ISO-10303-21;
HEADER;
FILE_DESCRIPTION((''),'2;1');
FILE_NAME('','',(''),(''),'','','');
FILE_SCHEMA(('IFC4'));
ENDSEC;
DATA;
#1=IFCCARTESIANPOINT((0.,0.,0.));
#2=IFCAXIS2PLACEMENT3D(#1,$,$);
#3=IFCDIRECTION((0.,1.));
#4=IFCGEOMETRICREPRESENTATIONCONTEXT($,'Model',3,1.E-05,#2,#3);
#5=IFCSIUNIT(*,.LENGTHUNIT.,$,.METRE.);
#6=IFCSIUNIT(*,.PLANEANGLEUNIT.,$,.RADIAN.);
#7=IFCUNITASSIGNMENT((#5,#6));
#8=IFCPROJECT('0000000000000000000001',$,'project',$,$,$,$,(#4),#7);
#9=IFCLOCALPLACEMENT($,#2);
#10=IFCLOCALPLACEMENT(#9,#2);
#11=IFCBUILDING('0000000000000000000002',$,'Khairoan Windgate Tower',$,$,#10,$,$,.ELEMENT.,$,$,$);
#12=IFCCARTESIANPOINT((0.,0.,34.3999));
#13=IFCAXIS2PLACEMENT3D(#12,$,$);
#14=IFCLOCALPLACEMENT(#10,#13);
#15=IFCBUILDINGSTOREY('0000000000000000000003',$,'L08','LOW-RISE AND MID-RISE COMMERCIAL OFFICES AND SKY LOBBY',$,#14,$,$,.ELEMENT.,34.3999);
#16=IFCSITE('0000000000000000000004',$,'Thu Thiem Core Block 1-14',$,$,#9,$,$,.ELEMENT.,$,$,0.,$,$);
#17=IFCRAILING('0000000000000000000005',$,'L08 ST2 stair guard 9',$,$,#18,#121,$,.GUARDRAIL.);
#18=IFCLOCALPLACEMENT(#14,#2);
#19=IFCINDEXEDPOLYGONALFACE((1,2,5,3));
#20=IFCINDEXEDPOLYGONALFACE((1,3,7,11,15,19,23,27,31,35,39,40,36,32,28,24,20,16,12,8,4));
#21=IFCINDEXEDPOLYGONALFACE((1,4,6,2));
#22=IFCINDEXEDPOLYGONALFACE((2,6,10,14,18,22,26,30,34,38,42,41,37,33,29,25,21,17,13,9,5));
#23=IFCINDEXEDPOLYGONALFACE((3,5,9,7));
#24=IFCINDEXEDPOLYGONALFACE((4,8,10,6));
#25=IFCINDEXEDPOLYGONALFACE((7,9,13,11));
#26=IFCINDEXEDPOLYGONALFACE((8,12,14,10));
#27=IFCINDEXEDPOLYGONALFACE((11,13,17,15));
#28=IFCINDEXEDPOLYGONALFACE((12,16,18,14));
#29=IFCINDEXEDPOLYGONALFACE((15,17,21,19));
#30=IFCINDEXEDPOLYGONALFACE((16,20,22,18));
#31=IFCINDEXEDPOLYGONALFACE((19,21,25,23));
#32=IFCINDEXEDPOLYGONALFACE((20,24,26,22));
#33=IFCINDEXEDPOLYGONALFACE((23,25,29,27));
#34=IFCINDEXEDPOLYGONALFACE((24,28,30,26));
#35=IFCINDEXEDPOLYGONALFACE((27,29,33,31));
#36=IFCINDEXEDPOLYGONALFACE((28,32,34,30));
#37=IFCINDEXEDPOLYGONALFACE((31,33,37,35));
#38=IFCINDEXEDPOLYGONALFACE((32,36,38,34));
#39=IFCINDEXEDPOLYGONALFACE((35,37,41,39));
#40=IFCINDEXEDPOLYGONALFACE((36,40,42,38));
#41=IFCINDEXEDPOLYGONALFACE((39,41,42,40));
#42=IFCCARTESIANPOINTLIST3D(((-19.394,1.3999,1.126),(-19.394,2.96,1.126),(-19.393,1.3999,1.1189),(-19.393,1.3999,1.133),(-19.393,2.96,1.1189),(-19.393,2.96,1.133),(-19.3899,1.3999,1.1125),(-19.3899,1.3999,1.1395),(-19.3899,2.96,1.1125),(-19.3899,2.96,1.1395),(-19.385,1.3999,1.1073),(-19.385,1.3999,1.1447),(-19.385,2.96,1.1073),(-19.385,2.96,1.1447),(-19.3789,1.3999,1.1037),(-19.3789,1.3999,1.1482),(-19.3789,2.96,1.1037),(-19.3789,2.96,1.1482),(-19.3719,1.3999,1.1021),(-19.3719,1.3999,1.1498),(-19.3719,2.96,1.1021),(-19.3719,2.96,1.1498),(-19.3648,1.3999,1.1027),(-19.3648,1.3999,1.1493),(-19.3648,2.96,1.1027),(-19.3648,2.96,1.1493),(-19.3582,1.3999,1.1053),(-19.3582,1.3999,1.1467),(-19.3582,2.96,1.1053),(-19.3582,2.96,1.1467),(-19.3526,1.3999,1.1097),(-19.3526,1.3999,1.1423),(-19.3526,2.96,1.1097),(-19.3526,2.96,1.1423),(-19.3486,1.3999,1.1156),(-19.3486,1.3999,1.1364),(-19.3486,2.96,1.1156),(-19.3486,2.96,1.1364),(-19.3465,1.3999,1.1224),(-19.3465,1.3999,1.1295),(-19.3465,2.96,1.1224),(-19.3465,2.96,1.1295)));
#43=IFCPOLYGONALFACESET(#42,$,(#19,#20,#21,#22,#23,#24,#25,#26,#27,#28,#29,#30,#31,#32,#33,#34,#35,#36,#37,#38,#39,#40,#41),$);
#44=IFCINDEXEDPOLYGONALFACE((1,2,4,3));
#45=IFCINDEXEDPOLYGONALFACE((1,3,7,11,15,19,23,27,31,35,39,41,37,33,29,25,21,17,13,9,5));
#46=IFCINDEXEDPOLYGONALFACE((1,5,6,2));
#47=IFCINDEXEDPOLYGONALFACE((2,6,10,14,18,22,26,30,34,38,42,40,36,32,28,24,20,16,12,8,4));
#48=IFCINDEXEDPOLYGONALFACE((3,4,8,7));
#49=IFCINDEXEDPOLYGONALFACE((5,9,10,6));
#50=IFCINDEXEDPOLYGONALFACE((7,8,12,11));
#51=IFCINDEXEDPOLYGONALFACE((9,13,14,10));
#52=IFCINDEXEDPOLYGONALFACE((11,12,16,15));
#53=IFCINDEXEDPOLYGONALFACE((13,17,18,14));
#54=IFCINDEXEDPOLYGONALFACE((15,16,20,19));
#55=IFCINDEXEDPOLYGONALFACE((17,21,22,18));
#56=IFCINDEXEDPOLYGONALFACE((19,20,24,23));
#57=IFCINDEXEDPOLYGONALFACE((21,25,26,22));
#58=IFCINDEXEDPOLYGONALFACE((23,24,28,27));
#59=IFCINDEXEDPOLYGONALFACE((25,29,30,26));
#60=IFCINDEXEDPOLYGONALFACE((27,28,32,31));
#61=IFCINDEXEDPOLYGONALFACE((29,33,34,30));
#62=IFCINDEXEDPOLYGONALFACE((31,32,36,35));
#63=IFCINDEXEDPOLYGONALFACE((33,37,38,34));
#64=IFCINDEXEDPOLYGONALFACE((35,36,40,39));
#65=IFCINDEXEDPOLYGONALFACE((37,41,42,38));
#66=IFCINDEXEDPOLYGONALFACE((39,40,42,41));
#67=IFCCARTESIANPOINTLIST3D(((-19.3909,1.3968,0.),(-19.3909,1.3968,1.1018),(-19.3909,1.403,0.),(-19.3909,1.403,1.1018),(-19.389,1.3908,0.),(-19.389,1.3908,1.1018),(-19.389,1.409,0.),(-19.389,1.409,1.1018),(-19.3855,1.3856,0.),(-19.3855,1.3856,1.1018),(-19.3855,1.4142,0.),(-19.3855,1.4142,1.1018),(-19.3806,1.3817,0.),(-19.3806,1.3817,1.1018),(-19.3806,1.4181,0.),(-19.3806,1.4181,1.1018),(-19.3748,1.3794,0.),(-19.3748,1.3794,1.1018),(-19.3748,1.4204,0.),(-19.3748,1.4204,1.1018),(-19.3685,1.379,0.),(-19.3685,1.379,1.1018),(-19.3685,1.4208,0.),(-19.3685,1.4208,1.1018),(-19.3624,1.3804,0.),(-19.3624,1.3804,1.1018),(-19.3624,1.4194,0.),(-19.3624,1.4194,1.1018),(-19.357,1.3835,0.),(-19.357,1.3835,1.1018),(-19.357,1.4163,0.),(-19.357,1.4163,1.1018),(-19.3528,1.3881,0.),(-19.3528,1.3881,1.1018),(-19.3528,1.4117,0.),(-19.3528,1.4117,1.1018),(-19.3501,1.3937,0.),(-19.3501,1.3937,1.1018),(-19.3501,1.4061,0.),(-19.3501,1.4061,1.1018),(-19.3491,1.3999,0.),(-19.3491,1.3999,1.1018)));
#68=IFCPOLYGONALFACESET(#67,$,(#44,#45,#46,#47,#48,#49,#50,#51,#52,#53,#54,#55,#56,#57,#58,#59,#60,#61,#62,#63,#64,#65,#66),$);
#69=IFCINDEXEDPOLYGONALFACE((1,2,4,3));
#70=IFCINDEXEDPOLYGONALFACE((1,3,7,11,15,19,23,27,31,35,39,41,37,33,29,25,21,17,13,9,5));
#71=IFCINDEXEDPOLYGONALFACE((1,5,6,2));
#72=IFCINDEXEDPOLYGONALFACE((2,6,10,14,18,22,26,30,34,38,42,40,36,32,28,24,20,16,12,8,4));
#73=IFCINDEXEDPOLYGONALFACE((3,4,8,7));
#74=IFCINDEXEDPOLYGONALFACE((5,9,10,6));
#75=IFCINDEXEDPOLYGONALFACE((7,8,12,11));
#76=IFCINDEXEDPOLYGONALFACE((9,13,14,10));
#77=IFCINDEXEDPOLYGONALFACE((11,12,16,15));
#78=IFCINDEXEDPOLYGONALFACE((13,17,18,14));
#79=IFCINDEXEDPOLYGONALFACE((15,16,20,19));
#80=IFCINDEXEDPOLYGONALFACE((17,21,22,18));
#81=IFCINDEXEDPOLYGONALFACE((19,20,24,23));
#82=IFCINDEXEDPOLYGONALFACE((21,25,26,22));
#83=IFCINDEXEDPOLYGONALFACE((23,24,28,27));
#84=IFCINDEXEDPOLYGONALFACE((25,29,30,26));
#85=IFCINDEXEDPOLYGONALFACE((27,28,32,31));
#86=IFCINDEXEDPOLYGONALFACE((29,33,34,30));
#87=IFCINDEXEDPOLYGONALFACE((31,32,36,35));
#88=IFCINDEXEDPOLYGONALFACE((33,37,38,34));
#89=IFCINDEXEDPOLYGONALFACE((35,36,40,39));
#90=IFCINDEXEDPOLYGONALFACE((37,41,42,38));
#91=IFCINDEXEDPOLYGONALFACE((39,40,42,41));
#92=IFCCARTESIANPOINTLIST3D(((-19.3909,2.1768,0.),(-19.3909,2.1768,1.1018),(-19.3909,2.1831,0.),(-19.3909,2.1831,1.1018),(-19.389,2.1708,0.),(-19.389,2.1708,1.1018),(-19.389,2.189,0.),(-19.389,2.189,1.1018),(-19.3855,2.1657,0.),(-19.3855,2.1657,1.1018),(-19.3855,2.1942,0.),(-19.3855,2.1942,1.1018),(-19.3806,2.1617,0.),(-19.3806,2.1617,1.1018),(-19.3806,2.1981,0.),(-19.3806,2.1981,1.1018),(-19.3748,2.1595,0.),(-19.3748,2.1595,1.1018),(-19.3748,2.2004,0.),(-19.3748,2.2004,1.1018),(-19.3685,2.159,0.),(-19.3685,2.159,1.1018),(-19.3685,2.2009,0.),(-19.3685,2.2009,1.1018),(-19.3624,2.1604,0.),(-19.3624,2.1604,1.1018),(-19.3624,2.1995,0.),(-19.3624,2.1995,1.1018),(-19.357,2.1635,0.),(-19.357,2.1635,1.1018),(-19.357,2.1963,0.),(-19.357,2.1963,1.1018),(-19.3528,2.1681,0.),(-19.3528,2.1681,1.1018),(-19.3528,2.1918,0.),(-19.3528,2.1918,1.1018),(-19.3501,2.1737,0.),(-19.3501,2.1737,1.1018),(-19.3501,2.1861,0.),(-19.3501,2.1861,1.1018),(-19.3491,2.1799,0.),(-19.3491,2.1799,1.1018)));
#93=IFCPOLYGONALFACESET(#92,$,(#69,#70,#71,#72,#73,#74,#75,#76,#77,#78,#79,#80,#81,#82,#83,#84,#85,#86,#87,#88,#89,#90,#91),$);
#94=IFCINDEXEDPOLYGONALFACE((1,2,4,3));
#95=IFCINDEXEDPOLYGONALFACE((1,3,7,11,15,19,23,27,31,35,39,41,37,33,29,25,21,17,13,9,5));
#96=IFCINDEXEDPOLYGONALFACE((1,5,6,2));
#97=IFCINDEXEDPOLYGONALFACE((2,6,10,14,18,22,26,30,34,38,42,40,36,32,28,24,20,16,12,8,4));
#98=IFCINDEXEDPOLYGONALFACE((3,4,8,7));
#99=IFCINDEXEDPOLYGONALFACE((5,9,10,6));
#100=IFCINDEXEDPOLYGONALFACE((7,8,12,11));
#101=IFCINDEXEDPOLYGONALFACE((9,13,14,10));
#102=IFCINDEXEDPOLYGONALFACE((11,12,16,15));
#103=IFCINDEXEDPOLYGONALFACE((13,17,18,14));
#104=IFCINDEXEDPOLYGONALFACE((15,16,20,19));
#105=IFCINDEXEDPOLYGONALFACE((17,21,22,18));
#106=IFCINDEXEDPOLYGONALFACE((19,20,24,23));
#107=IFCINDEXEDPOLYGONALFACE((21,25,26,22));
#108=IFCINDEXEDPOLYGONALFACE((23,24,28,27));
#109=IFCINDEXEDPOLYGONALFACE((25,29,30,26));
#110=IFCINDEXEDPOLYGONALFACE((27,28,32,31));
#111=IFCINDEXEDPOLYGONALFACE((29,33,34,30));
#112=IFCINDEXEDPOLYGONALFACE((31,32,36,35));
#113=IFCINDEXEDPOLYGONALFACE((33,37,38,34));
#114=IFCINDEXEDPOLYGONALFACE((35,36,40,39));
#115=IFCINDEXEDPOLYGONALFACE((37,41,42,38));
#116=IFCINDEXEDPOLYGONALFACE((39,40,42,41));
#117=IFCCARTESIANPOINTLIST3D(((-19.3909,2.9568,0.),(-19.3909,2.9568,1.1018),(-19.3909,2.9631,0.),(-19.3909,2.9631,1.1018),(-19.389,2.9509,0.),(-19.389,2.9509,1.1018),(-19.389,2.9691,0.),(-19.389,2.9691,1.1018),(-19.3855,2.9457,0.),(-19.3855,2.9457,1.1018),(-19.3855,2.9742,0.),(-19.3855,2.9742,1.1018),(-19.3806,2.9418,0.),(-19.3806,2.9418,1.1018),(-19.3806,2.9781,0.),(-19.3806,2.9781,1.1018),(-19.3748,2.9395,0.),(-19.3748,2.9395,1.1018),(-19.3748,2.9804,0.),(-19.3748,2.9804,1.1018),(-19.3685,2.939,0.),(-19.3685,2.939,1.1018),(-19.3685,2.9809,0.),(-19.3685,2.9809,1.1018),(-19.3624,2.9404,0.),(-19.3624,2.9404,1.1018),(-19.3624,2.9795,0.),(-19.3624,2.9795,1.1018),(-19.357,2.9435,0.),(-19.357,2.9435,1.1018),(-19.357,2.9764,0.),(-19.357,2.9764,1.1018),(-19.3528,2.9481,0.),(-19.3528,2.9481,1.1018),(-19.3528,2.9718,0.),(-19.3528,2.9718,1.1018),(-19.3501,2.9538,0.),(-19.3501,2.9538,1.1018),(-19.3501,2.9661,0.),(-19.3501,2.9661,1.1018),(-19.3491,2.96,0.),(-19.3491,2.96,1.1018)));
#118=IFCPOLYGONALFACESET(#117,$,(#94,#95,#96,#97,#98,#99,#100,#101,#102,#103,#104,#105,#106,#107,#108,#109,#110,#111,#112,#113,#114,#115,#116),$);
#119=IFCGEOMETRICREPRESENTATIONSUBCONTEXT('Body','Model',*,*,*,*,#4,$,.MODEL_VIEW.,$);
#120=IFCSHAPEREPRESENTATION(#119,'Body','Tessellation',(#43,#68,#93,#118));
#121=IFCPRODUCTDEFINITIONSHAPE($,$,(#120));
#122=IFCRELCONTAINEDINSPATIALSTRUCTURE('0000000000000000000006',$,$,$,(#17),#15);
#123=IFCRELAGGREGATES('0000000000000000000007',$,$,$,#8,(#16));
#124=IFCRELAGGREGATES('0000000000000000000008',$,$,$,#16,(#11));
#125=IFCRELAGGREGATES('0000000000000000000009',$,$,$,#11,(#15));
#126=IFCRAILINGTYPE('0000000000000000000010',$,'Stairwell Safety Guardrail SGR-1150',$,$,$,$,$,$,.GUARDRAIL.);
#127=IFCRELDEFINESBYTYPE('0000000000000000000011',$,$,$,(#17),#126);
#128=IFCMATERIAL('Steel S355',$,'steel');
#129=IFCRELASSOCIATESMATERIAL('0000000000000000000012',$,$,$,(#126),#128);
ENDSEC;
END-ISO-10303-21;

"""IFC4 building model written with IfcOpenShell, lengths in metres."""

from ifc_helpers import new_model, si_unit, direction, frame, origin, origin_2d, place, context, subcontext, project, spatial, circle, extrude, material, type_object, element, save


model = new_model("IFC4")

# Units and contexts
model_context = context("Model", 3, precision=1e-05, world=origin(), true_north=direction((0.0, 1.0)))
body_context = subcontext(model_context, "Body", "Model", "MODEL_VIEW")
ifc_project = project(units=[si_unit("LENGTHUNIT", "METRE"), si_unit("PLANEANGLEUNIT", "RADIAN")], contexts=[model_context])

# Site, building, storey
site_placement = place(None, origin())
site = spatial("IfcSite", under=ifc_project, at=site_placement, Name="Thu Thiem Core Block 1-14", CompositionType="ELEMENT", RefElevation=0.0)
building_placement = place(site_placement, origin())
building = spatial("IfcBuilding", under=site, at=building_placement, Name="Khairoan Windgate Tower", CompositionType="ELEMENT")
storey_placement = place(building_placement, frame((0.0, 0.0, 34.3999)))
storey = spatial("IfcBuildingStorey", under=building, at=storey_placement, Name="L08", Description="LOW-RISE AND MID-RISE COMMERCIAL OFFICES AND SKY LOBBY", CompositionType="ELEMENT", Elevation=34.3999)

# Railing
ifc_material_1 = material(Name="Steel S355", Category="steel")
railing_type_1 = type_object("IfcRailingType", Name="Stairwell Safety Guardrail SGR-1150", PredefinedType="GUARDRAIL", material=ifc_material_1)
for number, where, name in (
    (1, (-19.3701, 1.3999, 0.0), "L08 ST2 stair guard 9"),
):
    element("IfcRailing", number, at=place(storey_placement, frame(where)), inside=storey, type_object=railing_type_1, Name=name, PredefinedType="GUARDRAIL", context=body_context, shape_type="SweptSolid", body=[
        extrude(circle(Radius=0.0239, at=origin_2d()), frame((0.0, 0.0, 1.126), z_axis=(0.0, 1.0, 0.0), x_axis=(-1.0, 0.0, 0.0)), (0.0, 0.0, 1.0), 1.5601),
        extrude(circle(Radius=0.021, at=origin_2d()), origin(), (0.0, 0.0, 1.0), 1.1018),
        extrude(circle(Radius=0.021, at=origin_2d()), frame((0.0, 0.78, 0.0)), (0.0, 0.0, 1.0), 1.1018),
        extrude(circle(Radius=0.021, at=origin_2d()), frame((0.0, 1.5601, 0.0)), (0.0, 0.0, 1.0), 1.1018),
    ])

save(model, "model.ifc")
